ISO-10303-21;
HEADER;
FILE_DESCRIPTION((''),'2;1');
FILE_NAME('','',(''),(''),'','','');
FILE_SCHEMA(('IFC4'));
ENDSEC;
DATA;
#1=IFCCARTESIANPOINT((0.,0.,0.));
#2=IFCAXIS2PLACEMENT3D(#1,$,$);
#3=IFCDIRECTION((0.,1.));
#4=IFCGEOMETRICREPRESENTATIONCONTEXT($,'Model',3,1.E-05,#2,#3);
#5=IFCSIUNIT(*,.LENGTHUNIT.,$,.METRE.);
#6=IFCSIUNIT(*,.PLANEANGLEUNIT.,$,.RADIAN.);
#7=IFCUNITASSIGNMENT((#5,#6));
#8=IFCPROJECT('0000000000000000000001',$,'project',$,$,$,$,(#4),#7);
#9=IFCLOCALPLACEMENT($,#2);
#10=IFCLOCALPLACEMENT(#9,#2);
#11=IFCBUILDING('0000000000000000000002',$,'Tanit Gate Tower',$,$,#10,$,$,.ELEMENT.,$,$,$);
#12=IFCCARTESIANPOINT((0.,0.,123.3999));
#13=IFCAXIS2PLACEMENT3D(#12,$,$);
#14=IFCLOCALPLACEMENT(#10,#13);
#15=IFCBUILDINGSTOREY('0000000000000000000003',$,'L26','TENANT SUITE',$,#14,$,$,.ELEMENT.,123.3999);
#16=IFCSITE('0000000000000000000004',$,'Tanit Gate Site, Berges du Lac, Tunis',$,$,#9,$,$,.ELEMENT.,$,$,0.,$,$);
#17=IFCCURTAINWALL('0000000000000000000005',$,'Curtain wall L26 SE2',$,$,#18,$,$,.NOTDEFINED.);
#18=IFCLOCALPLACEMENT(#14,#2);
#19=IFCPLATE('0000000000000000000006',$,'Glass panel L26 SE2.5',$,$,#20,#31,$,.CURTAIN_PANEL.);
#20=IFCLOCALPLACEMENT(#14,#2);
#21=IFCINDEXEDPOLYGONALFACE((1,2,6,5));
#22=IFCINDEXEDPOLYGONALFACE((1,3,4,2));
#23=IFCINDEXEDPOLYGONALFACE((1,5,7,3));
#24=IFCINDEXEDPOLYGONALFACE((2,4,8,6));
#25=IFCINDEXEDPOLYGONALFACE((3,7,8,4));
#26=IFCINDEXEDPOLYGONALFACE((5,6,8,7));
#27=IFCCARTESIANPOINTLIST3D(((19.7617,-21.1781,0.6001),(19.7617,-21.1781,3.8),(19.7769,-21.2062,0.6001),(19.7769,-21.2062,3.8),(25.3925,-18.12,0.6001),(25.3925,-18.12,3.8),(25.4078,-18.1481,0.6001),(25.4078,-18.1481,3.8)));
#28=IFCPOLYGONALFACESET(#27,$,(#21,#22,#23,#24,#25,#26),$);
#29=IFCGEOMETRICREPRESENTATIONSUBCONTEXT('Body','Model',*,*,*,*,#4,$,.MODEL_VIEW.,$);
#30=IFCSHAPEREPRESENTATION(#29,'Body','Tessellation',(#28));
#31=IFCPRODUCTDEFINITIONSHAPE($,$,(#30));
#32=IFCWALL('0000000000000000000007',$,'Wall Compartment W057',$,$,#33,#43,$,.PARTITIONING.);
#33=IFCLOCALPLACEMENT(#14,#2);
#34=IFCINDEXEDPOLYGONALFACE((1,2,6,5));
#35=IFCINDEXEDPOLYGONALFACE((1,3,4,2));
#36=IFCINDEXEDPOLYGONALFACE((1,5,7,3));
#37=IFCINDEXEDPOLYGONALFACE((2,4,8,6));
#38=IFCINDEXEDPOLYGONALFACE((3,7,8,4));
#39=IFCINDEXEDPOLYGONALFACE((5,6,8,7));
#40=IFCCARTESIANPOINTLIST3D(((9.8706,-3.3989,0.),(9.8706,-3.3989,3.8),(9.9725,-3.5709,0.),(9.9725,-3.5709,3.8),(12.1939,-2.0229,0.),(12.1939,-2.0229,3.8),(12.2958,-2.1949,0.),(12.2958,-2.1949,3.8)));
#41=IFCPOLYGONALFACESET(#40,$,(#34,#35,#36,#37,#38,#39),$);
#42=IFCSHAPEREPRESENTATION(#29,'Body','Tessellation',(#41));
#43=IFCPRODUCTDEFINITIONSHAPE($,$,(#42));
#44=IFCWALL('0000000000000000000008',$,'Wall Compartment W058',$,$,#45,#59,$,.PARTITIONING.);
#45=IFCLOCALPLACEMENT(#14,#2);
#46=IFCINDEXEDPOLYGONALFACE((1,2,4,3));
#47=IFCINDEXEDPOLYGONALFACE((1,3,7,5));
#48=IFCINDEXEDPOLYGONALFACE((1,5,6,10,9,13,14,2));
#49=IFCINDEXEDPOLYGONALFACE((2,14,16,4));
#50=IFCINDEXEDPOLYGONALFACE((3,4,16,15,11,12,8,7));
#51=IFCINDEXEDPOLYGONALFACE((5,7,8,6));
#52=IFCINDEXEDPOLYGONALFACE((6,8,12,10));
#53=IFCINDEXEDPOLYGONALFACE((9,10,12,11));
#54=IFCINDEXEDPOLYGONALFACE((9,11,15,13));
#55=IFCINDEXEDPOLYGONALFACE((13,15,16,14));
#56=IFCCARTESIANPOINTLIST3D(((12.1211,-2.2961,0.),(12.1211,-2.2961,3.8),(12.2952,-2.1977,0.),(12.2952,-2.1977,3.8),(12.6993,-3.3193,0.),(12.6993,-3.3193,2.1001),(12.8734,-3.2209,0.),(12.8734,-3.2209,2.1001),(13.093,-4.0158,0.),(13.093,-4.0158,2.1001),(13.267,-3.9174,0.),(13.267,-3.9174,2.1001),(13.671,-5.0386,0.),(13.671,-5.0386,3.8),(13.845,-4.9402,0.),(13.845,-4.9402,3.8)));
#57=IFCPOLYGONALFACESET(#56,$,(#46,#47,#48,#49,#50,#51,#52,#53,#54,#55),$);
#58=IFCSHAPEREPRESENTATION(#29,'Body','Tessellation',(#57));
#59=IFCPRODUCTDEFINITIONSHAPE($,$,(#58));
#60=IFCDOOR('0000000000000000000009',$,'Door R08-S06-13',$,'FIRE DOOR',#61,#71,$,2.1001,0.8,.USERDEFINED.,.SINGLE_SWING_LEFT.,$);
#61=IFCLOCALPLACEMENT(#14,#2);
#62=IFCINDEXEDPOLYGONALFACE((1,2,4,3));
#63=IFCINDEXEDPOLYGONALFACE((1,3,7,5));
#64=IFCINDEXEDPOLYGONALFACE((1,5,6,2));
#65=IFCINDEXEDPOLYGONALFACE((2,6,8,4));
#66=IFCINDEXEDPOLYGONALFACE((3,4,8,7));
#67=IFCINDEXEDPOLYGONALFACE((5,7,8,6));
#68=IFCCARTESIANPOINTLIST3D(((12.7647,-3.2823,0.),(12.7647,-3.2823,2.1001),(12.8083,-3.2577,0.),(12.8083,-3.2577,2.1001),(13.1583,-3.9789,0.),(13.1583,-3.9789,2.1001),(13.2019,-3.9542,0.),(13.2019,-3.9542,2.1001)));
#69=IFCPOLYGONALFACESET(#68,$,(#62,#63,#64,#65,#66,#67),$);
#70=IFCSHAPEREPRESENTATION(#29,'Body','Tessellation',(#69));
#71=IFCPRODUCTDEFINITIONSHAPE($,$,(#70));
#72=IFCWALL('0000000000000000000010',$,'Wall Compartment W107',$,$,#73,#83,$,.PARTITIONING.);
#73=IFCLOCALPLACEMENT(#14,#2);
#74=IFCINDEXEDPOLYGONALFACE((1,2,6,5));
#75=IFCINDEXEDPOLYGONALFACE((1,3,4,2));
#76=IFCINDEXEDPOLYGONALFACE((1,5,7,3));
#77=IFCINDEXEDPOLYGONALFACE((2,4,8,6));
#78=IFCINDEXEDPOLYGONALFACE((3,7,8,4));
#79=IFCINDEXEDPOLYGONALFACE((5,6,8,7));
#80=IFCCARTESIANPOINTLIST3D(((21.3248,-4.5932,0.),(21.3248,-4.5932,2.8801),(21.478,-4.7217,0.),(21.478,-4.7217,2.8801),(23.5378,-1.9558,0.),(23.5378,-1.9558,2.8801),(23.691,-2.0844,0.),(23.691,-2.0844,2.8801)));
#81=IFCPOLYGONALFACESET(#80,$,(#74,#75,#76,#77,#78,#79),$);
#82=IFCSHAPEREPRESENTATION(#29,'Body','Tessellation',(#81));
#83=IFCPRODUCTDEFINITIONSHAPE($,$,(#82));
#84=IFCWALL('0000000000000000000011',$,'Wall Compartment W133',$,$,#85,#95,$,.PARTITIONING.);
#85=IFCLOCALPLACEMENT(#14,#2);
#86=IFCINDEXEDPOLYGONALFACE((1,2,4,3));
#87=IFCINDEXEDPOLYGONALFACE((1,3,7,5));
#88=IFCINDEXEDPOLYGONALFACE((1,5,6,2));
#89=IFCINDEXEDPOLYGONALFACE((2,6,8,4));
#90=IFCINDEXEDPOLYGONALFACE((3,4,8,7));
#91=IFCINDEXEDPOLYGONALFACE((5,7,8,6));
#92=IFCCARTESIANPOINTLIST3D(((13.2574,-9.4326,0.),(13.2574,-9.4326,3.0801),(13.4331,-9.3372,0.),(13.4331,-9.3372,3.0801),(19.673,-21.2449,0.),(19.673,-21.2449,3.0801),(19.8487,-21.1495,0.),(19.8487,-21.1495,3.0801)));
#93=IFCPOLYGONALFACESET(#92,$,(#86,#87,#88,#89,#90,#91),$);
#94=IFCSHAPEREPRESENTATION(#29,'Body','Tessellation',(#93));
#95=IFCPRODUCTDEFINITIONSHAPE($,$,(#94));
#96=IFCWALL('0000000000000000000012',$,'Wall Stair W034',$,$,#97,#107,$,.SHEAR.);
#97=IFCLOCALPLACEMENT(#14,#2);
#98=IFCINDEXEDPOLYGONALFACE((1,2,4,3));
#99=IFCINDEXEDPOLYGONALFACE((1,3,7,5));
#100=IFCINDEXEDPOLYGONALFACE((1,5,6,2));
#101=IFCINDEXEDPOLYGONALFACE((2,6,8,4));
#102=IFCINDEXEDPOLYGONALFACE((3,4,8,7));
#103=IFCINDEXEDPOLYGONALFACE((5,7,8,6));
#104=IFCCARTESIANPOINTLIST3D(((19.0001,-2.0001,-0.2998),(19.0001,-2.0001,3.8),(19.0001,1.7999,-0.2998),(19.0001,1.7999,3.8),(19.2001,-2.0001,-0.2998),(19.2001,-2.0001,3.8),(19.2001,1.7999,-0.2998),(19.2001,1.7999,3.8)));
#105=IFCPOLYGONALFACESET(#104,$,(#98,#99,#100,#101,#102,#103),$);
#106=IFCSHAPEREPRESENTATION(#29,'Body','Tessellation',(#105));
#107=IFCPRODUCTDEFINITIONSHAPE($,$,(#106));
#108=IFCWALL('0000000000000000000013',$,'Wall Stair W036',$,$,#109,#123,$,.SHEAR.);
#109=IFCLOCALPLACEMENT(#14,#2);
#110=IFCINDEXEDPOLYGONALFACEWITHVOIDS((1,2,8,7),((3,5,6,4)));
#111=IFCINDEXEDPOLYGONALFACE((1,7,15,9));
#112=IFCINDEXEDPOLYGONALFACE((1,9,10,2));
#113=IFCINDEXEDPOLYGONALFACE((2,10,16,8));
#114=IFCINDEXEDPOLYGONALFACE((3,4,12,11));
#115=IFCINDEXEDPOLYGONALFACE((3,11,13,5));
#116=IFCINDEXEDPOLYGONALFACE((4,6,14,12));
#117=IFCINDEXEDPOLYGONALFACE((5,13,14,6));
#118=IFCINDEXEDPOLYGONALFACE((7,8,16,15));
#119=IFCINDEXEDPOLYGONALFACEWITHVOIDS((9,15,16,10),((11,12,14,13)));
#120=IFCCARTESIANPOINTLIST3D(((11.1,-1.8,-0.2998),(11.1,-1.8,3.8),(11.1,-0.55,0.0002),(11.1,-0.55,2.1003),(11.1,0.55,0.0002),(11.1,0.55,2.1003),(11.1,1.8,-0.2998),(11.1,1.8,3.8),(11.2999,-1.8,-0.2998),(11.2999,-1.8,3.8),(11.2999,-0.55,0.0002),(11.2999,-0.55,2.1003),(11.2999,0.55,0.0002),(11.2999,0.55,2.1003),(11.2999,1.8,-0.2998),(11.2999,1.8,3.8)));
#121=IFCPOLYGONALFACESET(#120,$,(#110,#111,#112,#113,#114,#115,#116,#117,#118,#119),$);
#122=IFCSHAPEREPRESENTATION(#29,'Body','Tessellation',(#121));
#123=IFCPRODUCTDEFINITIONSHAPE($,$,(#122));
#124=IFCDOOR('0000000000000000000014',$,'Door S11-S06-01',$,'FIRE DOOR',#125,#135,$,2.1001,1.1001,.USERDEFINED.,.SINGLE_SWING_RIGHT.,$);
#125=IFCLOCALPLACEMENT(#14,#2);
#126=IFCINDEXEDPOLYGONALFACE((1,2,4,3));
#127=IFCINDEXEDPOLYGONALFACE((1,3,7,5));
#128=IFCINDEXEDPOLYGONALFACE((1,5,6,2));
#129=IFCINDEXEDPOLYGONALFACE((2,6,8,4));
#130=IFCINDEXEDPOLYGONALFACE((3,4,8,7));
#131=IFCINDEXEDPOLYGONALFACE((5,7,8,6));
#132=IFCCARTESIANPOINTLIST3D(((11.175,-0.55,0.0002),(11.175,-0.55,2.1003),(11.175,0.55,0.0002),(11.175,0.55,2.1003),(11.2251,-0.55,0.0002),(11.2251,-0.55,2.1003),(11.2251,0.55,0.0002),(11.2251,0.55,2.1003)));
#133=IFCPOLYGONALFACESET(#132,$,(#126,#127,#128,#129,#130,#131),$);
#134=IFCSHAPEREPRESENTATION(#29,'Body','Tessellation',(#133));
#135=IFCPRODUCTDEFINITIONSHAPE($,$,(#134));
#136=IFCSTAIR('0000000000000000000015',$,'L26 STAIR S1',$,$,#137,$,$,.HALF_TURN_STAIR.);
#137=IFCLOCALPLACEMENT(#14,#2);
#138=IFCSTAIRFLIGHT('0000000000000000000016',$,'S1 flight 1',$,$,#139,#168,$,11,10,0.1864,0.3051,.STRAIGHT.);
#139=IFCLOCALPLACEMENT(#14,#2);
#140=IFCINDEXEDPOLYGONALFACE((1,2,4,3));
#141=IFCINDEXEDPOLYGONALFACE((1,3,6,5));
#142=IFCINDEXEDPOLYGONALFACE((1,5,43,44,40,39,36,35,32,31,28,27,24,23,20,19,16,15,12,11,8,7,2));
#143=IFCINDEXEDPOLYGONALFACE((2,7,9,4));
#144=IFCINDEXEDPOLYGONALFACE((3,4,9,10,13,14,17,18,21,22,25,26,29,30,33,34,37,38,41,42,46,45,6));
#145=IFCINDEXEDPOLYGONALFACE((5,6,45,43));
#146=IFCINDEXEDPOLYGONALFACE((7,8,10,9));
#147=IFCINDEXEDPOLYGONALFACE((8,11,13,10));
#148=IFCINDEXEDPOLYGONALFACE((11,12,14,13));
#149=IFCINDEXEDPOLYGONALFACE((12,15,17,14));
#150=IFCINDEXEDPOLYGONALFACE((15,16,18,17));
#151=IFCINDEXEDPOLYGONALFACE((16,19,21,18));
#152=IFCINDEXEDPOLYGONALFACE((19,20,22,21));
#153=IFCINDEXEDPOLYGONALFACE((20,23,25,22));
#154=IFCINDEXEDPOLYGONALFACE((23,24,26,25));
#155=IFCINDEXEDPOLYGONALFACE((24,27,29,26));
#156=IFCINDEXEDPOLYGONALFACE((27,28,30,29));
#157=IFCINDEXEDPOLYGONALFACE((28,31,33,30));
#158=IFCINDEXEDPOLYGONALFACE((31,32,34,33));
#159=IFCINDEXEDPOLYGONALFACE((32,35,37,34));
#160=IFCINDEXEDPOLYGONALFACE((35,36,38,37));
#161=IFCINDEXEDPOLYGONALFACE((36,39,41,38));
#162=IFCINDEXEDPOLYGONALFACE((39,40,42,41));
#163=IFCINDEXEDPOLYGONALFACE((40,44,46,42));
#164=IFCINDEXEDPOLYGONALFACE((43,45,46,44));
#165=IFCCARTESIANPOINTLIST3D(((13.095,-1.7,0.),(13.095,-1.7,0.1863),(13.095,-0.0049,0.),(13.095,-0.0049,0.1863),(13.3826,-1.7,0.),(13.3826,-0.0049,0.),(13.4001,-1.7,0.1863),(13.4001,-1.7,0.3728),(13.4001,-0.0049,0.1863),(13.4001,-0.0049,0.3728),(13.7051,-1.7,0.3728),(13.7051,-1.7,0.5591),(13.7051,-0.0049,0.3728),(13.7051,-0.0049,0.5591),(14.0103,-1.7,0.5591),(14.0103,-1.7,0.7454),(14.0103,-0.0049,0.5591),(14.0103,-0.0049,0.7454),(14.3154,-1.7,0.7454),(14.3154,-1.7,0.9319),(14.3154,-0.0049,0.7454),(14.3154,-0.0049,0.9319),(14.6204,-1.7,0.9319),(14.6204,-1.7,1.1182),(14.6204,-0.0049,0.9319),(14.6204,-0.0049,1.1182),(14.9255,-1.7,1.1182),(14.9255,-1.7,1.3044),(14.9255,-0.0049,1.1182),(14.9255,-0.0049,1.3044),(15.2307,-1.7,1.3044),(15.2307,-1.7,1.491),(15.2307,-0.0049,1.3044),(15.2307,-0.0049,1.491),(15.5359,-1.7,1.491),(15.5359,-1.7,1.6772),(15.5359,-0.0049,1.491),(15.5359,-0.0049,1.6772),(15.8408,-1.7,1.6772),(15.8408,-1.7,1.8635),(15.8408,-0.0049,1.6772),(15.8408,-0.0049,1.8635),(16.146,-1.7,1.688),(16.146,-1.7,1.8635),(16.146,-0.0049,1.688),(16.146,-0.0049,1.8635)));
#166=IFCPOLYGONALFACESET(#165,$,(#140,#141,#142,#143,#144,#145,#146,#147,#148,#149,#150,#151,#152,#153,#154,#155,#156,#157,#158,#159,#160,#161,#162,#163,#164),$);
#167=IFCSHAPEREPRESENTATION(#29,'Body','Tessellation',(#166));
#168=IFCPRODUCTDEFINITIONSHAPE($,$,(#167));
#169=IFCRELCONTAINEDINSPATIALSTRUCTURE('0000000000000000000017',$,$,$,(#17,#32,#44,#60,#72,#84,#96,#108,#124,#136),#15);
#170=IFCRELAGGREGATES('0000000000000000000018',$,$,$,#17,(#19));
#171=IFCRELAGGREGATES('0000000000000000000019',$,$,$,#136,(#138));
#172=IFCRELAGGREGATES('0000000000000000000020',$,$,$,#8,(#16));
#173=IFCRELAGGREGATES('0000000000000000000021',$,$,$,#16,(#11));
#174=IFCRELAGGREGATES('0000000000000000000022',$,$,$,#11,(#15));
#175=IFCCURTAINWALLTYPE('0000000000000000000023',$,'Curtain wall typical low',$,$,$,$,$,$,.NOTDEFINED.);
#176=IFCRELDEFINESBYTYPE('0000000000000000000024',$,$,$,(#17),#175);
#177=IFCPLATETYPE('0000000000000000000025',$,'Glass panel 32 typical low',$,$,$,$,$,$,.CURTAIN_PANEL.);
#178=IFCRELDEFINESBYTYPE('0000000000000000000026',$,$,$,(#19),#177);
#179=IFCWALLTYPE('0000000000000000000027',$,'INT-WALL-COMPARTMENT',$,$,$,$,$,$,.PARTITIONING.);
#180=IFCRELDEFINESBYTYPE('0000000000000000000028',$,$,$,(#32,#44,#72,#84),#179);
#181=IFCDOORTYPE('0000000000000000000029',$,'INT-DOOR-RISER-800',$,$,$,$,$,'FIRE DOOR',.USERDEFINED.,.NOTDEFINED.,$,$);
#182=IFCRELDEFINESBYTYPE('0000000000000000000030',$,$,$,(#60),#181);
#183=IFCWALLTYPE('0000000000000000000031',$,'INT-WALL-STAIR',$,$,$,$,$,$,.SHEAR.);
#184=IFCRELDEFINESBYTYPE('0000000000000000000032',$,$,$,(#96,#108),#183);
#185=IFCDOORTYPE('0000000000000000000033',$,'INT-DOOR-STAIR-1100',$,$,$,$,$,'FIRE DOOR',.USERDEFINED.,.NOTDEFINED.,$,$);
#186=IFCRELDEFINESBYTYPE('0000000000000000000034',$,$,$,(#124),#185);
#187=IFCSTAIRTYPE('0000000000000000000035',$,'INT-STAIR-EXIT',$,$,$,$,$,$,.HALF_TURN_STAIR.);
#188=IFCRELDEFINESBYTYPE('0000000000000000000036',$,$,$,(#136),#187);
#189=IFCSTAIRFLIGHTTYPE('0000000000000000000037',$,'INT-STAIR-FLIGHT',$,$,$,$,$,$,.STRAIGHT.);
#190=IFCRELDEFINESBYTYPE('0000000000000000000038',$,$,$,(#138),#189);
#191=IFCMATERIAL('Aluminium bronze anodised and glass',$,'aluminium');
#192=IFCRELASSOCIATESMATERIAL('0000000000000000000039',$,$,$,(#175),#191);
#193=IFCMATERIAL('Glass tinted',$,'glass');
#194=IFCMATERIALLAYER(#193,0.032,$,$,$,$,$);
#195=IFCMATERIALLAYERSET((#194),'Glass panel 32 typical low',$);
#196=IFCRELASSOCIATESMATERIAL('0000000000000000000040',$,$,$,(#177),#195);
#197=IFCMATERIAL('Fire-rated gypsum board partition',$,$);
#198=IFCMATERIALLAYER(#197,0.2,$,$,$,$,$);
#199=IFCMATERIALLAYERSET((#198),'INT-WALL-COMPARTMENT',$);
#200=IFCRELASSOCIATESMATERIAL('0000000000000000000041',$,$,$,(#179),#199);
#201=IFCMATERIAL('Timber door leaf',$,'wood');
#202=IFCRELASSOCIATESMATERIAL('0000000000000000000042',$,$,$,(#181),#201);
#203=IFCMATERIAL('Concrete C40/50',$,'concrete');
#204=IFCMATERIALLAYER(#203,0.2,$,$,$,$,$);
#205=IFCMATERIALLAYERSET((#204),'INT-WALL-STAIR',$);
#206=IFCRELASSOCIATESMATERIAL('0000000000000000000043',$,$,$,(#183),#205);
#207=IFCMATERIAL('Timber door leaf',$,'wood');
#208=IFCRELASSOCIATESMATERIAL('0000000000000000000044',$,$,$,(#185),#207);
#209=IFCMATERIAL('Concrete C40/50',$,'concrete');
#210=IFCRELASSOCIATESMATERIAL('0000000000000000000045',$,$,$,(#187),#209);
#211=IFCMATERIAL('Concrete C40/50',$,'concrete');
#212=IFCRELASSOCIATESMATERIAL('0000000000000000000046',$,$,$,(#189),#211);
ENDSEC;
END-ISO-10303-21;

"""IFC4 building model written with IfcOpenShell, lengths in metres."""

from ifc_helpers import new_model, si_unit, direction, frame, frame_2d, origin, origin_2d, place, context, subcontext, project, spatial, polyline, rectangle, outline, extrude, material, layer, layer_set, type_object, element, fill, aggregate, save


model = new_model("IFC4")

# Units and contexts
model_context = context("Model", 3, precision=1e-05, world=origin(), true_north=direction((0.0, 1.0)))
body_context = subcontext(model_context, "Body", "Model", "MODEL_VIEW")
ifc_project = project(units=[si_unit("LENGTHUNIT", "METRE"), si_unit("PLANEANGLEUNIT", "RADIAN")], contexts=[model_context])

# Site, building, storey
site_placement = place(None, origin())
site = spatial("IfcSite", under=ifc_project, at=site_placement, Name="Tanit Gate Site, Berges du Lac, Tunis", CompositionType="ELEMENT", RefElevation=0.0)
building_placement = place(site_placement, origin())
building = spatial("IfcBuilding", under=site, at=building_placement, Name="Tanit Gate Tower", CompositionType="ELEMENT")
storey_placement = place(building_placement, frame((0.0, 0.0, 123.3999)))
storey = spatial("IfcBuildingStorey", under=building, at=storey_placement, Name="L26", Description="TENANT SUITE", CompositionType="ELEMENT", Elevation=123.3999)

# Curtain wall
ifc_material_1 = material(Name="Aluminium bronze anodised and glass", Category="aluminium")
curtain_wall_type = type_object("IfcCurtainWallType", Name="Curtain wall typical low", PredefinedType="NOTDEFINED", material=ifc_material_1)
curtain_wall_placement = place(storey_placement, origin())
curtain_wall = element("IfcCurtainWall", 1, at=curtain_wall_placement, inside=storey, type_object=curtain_wall_type, Name="Curtain wall L26 SE2", PredefinedType="NOTDEFINED")

# Plate
ifc_material_2 = material(Name="Glass tinted", Category="glass")
ifc_layer_1 = layer(ifc_material_2, 0.032)
ifc_layer_set_1 = layer_set([ifc_layer_1], Name="Glass panel 32 typical low")
plate_type = type_object("IfcPlateType", Name="Glass panel 32 typical low", PredefinedType="CURTAIN_PANEL", material=ifc_layer_set_1)
plate_1_placement = place(storey_placement, frame((22.5847, -19.6631, 0.6001), z_axis=(0.0, 0.0, 1.0), x_axis=(0.878762, 0.477259, 0.0)))
plate_1 = element("IfcPlate", 2, at=plate_1_placement, type_object=plate_type, Name="Glass panel L26 SE2.5", PredefinedType="CURTAIN_PANEL", context=body_context, shape_type="SweptSolid", body=[
    extrude(rectangle(XDim=6.4077, YDim=0.032, at=origin_2d()), origin(), (0.0, 0.0, 1.0), 3.2),
])
aggregate(curtain_wall, [plate_1])

# Wall
ifc_material_3 = material(Name="Fire-rated gypsum board partition")
ifc_layer_2 = layer(ifc_material_3, 0.2)
ifc_layer_set_2 = layer_set([ifc_layer_2], Name="INT-WALL-COMPARTMENT")
wall_type_1 = type_object("IfcWallType", Name="INT-WALL-COMPARTMENT", PredefinedType="PARTITIONING", material=ifc_layer_set_2)
wall_1_placement = place(storey_placement, frame((12.2449, -2.1089, 0.0), z_axis=(0.0, 0.0, 1.0), x_axis=(-0.860415, -0.509594, 0.0)))
element("IfcWall", 3, at=wall_1_placement, inside=storey, type_object=wall_type_1, Name="Wall Compartment W057", PredefinedType="PARTITIONING", context=body_context, shape_type="SweptSolid", body=[
    extrude(rectangle(XDim=2.7002, YDim=0.2, at=frame_2d((1.3501, 0.0))), origin(), (0.0, 0.0, 1.0), 3.8),
])

# Wall, opening, door
wall_2_placement = place(storey_placement, frame((13.7581, -4.9895, 0.0), z_axis=(0.0, 0.0, 1.0), x_axis=(-0.491993, 0.870599, 0.0)))
wall_2 = element("IfcWall", 4, at=wall_2_placement, inside=storey, type_object=wall_type_1, Name="Wall Compartment W058", PredefinedType="PARTITIONING", context=body_context, shape_type="SweptSolid", body=[
    extrude(rectangle(XDim=3.1501, YDim=0.2, at=frame_2d((1.5752, 0.0))), origin(), (0.0, 0.0, 1.0), 3.8),
])
opening_1_placement = place(wall_2_placement, frame((1.175, 0.0, 0.0)))
opening_1 = element("IfcOpeningElement", 5, at=opening_1_placement, cuts=wall_2, PredefinedType="OPENING", context=body_context, shape_type="SweptSolid", body=[
    extrude(rectangle(XDim=0.8, YDim=2.1001, at=frame_2d((0.3999, 1.05))), frame((0.0, 0.1099, 0.0), z_axis=(0.0, -1.0, 0.0), x_axis=(1.0, 0.0, 0.0)), (0.0, 0.0, 1.0), 0.22),
])
ifc_material_4 = material(Name="Timber door leaf", Category="wood")
door_type_1 = type_object("IfcDoorType", Name="INT-DOOR-RISER-800", ElementType="FIRE DOOR", OperationType="NOTDEFINED", PredefinedType="USERDEFINED", material=ifc_material_4)
door_1_placement = place(opening_1_placement, origin())
door_1 = element("IfcDoor", 6, at=door_1_placement, inside=storey, type_object=door_type_1, Name="Door R08-S06-13", ObjectType="FIRE DOOR", OperationType="SINGLE_SWING_LEFT", OverallHeight=2.1001, OverallWidth=0.8, PredefinedType="USERDEFINED", context=body_context, shape_type="SweptSolid", body=[
    extrude(rectangle(XDim=0.8, YDim=2.1001, at=frame_2d((0.3999, 1.05))), frame((0.0, 0.0249, 0.0), z_axis=(0.0, -1.0, 0.0), x_axis=(1.0, 0.0, 0.0)), (0.0, 0.0, 1.0), 0.05),
])
fill(opening_1, door_1)

# Walls
wall_3_placement = place(storey_placement, frame((21.4014, -4.6575, 0.0), z_axis=(0.0, 0.0, 1.0), x_axis=(0.642796, 0.766037, 0.0)))
element("IfcWall", 7, at=wall_3_placement, inside=storey, type_object=wall_type_1, Name="Wall Compartment W107", PredefinedType="PARTITIONING", context=body_context, shape_type="SweptSolid", body=[
    extrude(rectangle(XDim=3.4429, YDim=0.2, at=frame_2d((1.7214, 0.0))), origin(), (0.0, 0.0, 1.0), 2.8801),
])
wall_4_placement = place(storey_placement, frame((13.3452, -9.3848, 0.0), z_axis=(0.0, 0.0, 1.0), x_axis=(0.477273, -0.878755, 0.0)))
element("IfcWall", 8, at=wall_4_placement, inside=storey, type_object=wall_type_1, Name="Wall Compartment W133", PredefinedType="PARTITIONING", context=body_context, shape_type="SweptSolid", body=[
    extrude(rectangle(XDim=13.4421, YDim=0.2, at=frame_2d((6.7212, 0.0))), origin(), (0.0, 0.0, 1.0), 3.0801),
])
ifc_material_5 = material(Name="Concrete C40/50", Category="concrete")
ifc_layer_3 = layer(ifc_material_5, 0.2)
ifc_layer_set_3 = layer_set([ifc_layer_3], Name="INT-WALL-STAIR")
wall_type_2 = type_object("IfcWallType", Name="INT-WALL-STAIR", PredefinedType="SHEAR", material=ifc_layer_set_3)
wall_5_placement = place(storey_placement, frame((19.1001, -2.0, -0.2998), z_axis=(0.0, 0.0, 1.0), x_axis=(0.0, 1.0, 0.0)))
element("IfcWall", 9, at=wall_5_placement, inside=storey, type_object=wall_type_2, Name="Wall Stair W034", PredefinedType="SHEAR", context=body_context, shape_type="SweptSolid", body=[
    extrude(rectangle(XDim=3.8, YDim=0.2, at=frame_2d((1.8999, 0.0))), origin(), (0.0, 0.0, 1.0), 4.0999),
])

# Wall, opening, door
wall_6_placement = place(storey_placement, frame((11.2, -1.8, -0.2998), z_axis=(0.0, 0.0, 1.0), x_axis=(0.0, 1.0, 0.0)))
wall_6 = element("IfcWall", 10, at=wall_6_placement, inside=storey, type_object=wall_type_2, Name="Wall Stair W036", PredefinedType="SHEAR", context=body_context, shape_type="SweptSolid", body=[
    extrude(rectangle(XDim=3.6001, YDim=0.2, at=frame_2d((1.8, 0.0))), origin(), (0.0, 0.0, 1.0), 4.0999),
])
opening_2_placement = place(wall_6_placement, frame((1.25, 0.0, 0.3)))
opening_2 = element("IfcOpeningElement", 11, at=opening_2_placement, cuts=wall_6, PredefinedType="OPENING", context=body_context, shape_type="SweptSolid", body=[
    extrude(rectangle(XDim=1.1001, YDim=2.1001, at=frame_2d((0.55, 1.05))), frame((0.0, 0.1099, 0.0), z_axis=(0.0, -1.0, 0.0), x_axis=(1.0, 0.0, 0.0)), (0.0, 0.0, 1.0), 0.22),
])
ifc_material_6 = material(Name="Timber door leaf", Category="wood")
door_type_2 = type_object("IfcDoorType", Name="INT-DOOR-STAIR-1100", ElementType="FIRE DOOR", OperationType="NOTDEFINED", PredefinedType="USERDEFINED", material=ifc_material_6)
door_2_placement = place(opening_2_placement, origin())
door_2 = element("IfcDoor", 12, at=door_2_placement, inside=storey, type_object=door_type_2, Name="Door S11-S06-01", ObjectType="FIRE DOOR", OperationType="SINGLE_SWING_RIGHT", OverallHeight=2.1001, OverallWidth=1.1001, PredefinedType="USERDEFINED", context=body_context, shape_type="SweptSolid", body=[
    extrude(rectangle(XDim=1.1001, YDim=2.1001, at=frame_2d((0.55, 1.05))), frame((0.0, 0.0249, 0.0), z_axis=(0.0, -1.0, 0.0), x_axis=(1.0, 0.0, 0.0)), (0.0, 0.0, 1.0), 0.05),
])
fill(opening_2, door_2)

# Stair, stair flight
ifc_material_7 = material(Name="Concrete C40/50", Category="concrete")
stair_type = type_object("IfcStairType", Name="INT-STAIR-EXIT", PredefinedType="HALF_TURN_STAIR", material=ifc_material_7)
stair_placement = place(storey_placement, origin())
stair = element("IfcStair", 13, at=stair_placement, inside=storey, type_object=stair_type, Name="L26 STAIR S1", PredefinedType="HALF_TURN_STAIR")
ifc_material_8 = material(Name="Concrete C40/50", Category="concrete")
stair_flight_type = type_object("IfcStairFlightType", Name="INT-STAIR-FLIGHT", PredefinedType="STRAIGHT", material=ifc_material_8)
stair_flight_placement = place(storey_placement, frame((13.095, -0.8525, 0.0), z_axis=(0.0, 0.0, 1.0), x_axis=(1.0, 0.0, 0.0)))
stair_flight = element("IfcStairFlight", 14, at=stair_flight_placement, type_object=stair_flight_type, Name="S1 flight 1", NumberOfRisers=11, NumberOfTreads=10, PredefinedType="STRAIGHT", RiserHeight=0.1864, TreadLength=0.3051, context=body_context, shape_type="SweptSolid", body=[
    extrude(outline(polyline([(0.0, 0.0), (0.0, 0.1863), (0.3052, 0.1863), (0.3052, 0.3728), (0.6101, 0.3728), (0.6101, 0.5591), (0.9153, 0.5591), (0.9153, 0.7454), (1.2205, 0.7454), (1.2205, 0.9319), (1.5254, 0.9319), (1.5254, 1.1182), (1.8306, 1.1182), (1.8306, 1.3044), (2.1357, 1.3044), (2.1357, 1.491), (2.4409, 1.491), (2.4409, 1.6772), (2.7458, 1.6772), (2.7458, 1.8635), (3.051, 1.8635), (3.051, 2.05), (3.051, 1.688), (0.2876, 0.0), (0.0, 0.0)])), frame((0.0, 0.8477, 0.0), z_axis=(0.0, -1.0, 0.0), x_axis=(1.0, 0.0, 0.0)), (0.0, 0.0, 1.0), 1.6951),
])
aggregate(stair, [stair_flight])

save(model, "model.ifc")
